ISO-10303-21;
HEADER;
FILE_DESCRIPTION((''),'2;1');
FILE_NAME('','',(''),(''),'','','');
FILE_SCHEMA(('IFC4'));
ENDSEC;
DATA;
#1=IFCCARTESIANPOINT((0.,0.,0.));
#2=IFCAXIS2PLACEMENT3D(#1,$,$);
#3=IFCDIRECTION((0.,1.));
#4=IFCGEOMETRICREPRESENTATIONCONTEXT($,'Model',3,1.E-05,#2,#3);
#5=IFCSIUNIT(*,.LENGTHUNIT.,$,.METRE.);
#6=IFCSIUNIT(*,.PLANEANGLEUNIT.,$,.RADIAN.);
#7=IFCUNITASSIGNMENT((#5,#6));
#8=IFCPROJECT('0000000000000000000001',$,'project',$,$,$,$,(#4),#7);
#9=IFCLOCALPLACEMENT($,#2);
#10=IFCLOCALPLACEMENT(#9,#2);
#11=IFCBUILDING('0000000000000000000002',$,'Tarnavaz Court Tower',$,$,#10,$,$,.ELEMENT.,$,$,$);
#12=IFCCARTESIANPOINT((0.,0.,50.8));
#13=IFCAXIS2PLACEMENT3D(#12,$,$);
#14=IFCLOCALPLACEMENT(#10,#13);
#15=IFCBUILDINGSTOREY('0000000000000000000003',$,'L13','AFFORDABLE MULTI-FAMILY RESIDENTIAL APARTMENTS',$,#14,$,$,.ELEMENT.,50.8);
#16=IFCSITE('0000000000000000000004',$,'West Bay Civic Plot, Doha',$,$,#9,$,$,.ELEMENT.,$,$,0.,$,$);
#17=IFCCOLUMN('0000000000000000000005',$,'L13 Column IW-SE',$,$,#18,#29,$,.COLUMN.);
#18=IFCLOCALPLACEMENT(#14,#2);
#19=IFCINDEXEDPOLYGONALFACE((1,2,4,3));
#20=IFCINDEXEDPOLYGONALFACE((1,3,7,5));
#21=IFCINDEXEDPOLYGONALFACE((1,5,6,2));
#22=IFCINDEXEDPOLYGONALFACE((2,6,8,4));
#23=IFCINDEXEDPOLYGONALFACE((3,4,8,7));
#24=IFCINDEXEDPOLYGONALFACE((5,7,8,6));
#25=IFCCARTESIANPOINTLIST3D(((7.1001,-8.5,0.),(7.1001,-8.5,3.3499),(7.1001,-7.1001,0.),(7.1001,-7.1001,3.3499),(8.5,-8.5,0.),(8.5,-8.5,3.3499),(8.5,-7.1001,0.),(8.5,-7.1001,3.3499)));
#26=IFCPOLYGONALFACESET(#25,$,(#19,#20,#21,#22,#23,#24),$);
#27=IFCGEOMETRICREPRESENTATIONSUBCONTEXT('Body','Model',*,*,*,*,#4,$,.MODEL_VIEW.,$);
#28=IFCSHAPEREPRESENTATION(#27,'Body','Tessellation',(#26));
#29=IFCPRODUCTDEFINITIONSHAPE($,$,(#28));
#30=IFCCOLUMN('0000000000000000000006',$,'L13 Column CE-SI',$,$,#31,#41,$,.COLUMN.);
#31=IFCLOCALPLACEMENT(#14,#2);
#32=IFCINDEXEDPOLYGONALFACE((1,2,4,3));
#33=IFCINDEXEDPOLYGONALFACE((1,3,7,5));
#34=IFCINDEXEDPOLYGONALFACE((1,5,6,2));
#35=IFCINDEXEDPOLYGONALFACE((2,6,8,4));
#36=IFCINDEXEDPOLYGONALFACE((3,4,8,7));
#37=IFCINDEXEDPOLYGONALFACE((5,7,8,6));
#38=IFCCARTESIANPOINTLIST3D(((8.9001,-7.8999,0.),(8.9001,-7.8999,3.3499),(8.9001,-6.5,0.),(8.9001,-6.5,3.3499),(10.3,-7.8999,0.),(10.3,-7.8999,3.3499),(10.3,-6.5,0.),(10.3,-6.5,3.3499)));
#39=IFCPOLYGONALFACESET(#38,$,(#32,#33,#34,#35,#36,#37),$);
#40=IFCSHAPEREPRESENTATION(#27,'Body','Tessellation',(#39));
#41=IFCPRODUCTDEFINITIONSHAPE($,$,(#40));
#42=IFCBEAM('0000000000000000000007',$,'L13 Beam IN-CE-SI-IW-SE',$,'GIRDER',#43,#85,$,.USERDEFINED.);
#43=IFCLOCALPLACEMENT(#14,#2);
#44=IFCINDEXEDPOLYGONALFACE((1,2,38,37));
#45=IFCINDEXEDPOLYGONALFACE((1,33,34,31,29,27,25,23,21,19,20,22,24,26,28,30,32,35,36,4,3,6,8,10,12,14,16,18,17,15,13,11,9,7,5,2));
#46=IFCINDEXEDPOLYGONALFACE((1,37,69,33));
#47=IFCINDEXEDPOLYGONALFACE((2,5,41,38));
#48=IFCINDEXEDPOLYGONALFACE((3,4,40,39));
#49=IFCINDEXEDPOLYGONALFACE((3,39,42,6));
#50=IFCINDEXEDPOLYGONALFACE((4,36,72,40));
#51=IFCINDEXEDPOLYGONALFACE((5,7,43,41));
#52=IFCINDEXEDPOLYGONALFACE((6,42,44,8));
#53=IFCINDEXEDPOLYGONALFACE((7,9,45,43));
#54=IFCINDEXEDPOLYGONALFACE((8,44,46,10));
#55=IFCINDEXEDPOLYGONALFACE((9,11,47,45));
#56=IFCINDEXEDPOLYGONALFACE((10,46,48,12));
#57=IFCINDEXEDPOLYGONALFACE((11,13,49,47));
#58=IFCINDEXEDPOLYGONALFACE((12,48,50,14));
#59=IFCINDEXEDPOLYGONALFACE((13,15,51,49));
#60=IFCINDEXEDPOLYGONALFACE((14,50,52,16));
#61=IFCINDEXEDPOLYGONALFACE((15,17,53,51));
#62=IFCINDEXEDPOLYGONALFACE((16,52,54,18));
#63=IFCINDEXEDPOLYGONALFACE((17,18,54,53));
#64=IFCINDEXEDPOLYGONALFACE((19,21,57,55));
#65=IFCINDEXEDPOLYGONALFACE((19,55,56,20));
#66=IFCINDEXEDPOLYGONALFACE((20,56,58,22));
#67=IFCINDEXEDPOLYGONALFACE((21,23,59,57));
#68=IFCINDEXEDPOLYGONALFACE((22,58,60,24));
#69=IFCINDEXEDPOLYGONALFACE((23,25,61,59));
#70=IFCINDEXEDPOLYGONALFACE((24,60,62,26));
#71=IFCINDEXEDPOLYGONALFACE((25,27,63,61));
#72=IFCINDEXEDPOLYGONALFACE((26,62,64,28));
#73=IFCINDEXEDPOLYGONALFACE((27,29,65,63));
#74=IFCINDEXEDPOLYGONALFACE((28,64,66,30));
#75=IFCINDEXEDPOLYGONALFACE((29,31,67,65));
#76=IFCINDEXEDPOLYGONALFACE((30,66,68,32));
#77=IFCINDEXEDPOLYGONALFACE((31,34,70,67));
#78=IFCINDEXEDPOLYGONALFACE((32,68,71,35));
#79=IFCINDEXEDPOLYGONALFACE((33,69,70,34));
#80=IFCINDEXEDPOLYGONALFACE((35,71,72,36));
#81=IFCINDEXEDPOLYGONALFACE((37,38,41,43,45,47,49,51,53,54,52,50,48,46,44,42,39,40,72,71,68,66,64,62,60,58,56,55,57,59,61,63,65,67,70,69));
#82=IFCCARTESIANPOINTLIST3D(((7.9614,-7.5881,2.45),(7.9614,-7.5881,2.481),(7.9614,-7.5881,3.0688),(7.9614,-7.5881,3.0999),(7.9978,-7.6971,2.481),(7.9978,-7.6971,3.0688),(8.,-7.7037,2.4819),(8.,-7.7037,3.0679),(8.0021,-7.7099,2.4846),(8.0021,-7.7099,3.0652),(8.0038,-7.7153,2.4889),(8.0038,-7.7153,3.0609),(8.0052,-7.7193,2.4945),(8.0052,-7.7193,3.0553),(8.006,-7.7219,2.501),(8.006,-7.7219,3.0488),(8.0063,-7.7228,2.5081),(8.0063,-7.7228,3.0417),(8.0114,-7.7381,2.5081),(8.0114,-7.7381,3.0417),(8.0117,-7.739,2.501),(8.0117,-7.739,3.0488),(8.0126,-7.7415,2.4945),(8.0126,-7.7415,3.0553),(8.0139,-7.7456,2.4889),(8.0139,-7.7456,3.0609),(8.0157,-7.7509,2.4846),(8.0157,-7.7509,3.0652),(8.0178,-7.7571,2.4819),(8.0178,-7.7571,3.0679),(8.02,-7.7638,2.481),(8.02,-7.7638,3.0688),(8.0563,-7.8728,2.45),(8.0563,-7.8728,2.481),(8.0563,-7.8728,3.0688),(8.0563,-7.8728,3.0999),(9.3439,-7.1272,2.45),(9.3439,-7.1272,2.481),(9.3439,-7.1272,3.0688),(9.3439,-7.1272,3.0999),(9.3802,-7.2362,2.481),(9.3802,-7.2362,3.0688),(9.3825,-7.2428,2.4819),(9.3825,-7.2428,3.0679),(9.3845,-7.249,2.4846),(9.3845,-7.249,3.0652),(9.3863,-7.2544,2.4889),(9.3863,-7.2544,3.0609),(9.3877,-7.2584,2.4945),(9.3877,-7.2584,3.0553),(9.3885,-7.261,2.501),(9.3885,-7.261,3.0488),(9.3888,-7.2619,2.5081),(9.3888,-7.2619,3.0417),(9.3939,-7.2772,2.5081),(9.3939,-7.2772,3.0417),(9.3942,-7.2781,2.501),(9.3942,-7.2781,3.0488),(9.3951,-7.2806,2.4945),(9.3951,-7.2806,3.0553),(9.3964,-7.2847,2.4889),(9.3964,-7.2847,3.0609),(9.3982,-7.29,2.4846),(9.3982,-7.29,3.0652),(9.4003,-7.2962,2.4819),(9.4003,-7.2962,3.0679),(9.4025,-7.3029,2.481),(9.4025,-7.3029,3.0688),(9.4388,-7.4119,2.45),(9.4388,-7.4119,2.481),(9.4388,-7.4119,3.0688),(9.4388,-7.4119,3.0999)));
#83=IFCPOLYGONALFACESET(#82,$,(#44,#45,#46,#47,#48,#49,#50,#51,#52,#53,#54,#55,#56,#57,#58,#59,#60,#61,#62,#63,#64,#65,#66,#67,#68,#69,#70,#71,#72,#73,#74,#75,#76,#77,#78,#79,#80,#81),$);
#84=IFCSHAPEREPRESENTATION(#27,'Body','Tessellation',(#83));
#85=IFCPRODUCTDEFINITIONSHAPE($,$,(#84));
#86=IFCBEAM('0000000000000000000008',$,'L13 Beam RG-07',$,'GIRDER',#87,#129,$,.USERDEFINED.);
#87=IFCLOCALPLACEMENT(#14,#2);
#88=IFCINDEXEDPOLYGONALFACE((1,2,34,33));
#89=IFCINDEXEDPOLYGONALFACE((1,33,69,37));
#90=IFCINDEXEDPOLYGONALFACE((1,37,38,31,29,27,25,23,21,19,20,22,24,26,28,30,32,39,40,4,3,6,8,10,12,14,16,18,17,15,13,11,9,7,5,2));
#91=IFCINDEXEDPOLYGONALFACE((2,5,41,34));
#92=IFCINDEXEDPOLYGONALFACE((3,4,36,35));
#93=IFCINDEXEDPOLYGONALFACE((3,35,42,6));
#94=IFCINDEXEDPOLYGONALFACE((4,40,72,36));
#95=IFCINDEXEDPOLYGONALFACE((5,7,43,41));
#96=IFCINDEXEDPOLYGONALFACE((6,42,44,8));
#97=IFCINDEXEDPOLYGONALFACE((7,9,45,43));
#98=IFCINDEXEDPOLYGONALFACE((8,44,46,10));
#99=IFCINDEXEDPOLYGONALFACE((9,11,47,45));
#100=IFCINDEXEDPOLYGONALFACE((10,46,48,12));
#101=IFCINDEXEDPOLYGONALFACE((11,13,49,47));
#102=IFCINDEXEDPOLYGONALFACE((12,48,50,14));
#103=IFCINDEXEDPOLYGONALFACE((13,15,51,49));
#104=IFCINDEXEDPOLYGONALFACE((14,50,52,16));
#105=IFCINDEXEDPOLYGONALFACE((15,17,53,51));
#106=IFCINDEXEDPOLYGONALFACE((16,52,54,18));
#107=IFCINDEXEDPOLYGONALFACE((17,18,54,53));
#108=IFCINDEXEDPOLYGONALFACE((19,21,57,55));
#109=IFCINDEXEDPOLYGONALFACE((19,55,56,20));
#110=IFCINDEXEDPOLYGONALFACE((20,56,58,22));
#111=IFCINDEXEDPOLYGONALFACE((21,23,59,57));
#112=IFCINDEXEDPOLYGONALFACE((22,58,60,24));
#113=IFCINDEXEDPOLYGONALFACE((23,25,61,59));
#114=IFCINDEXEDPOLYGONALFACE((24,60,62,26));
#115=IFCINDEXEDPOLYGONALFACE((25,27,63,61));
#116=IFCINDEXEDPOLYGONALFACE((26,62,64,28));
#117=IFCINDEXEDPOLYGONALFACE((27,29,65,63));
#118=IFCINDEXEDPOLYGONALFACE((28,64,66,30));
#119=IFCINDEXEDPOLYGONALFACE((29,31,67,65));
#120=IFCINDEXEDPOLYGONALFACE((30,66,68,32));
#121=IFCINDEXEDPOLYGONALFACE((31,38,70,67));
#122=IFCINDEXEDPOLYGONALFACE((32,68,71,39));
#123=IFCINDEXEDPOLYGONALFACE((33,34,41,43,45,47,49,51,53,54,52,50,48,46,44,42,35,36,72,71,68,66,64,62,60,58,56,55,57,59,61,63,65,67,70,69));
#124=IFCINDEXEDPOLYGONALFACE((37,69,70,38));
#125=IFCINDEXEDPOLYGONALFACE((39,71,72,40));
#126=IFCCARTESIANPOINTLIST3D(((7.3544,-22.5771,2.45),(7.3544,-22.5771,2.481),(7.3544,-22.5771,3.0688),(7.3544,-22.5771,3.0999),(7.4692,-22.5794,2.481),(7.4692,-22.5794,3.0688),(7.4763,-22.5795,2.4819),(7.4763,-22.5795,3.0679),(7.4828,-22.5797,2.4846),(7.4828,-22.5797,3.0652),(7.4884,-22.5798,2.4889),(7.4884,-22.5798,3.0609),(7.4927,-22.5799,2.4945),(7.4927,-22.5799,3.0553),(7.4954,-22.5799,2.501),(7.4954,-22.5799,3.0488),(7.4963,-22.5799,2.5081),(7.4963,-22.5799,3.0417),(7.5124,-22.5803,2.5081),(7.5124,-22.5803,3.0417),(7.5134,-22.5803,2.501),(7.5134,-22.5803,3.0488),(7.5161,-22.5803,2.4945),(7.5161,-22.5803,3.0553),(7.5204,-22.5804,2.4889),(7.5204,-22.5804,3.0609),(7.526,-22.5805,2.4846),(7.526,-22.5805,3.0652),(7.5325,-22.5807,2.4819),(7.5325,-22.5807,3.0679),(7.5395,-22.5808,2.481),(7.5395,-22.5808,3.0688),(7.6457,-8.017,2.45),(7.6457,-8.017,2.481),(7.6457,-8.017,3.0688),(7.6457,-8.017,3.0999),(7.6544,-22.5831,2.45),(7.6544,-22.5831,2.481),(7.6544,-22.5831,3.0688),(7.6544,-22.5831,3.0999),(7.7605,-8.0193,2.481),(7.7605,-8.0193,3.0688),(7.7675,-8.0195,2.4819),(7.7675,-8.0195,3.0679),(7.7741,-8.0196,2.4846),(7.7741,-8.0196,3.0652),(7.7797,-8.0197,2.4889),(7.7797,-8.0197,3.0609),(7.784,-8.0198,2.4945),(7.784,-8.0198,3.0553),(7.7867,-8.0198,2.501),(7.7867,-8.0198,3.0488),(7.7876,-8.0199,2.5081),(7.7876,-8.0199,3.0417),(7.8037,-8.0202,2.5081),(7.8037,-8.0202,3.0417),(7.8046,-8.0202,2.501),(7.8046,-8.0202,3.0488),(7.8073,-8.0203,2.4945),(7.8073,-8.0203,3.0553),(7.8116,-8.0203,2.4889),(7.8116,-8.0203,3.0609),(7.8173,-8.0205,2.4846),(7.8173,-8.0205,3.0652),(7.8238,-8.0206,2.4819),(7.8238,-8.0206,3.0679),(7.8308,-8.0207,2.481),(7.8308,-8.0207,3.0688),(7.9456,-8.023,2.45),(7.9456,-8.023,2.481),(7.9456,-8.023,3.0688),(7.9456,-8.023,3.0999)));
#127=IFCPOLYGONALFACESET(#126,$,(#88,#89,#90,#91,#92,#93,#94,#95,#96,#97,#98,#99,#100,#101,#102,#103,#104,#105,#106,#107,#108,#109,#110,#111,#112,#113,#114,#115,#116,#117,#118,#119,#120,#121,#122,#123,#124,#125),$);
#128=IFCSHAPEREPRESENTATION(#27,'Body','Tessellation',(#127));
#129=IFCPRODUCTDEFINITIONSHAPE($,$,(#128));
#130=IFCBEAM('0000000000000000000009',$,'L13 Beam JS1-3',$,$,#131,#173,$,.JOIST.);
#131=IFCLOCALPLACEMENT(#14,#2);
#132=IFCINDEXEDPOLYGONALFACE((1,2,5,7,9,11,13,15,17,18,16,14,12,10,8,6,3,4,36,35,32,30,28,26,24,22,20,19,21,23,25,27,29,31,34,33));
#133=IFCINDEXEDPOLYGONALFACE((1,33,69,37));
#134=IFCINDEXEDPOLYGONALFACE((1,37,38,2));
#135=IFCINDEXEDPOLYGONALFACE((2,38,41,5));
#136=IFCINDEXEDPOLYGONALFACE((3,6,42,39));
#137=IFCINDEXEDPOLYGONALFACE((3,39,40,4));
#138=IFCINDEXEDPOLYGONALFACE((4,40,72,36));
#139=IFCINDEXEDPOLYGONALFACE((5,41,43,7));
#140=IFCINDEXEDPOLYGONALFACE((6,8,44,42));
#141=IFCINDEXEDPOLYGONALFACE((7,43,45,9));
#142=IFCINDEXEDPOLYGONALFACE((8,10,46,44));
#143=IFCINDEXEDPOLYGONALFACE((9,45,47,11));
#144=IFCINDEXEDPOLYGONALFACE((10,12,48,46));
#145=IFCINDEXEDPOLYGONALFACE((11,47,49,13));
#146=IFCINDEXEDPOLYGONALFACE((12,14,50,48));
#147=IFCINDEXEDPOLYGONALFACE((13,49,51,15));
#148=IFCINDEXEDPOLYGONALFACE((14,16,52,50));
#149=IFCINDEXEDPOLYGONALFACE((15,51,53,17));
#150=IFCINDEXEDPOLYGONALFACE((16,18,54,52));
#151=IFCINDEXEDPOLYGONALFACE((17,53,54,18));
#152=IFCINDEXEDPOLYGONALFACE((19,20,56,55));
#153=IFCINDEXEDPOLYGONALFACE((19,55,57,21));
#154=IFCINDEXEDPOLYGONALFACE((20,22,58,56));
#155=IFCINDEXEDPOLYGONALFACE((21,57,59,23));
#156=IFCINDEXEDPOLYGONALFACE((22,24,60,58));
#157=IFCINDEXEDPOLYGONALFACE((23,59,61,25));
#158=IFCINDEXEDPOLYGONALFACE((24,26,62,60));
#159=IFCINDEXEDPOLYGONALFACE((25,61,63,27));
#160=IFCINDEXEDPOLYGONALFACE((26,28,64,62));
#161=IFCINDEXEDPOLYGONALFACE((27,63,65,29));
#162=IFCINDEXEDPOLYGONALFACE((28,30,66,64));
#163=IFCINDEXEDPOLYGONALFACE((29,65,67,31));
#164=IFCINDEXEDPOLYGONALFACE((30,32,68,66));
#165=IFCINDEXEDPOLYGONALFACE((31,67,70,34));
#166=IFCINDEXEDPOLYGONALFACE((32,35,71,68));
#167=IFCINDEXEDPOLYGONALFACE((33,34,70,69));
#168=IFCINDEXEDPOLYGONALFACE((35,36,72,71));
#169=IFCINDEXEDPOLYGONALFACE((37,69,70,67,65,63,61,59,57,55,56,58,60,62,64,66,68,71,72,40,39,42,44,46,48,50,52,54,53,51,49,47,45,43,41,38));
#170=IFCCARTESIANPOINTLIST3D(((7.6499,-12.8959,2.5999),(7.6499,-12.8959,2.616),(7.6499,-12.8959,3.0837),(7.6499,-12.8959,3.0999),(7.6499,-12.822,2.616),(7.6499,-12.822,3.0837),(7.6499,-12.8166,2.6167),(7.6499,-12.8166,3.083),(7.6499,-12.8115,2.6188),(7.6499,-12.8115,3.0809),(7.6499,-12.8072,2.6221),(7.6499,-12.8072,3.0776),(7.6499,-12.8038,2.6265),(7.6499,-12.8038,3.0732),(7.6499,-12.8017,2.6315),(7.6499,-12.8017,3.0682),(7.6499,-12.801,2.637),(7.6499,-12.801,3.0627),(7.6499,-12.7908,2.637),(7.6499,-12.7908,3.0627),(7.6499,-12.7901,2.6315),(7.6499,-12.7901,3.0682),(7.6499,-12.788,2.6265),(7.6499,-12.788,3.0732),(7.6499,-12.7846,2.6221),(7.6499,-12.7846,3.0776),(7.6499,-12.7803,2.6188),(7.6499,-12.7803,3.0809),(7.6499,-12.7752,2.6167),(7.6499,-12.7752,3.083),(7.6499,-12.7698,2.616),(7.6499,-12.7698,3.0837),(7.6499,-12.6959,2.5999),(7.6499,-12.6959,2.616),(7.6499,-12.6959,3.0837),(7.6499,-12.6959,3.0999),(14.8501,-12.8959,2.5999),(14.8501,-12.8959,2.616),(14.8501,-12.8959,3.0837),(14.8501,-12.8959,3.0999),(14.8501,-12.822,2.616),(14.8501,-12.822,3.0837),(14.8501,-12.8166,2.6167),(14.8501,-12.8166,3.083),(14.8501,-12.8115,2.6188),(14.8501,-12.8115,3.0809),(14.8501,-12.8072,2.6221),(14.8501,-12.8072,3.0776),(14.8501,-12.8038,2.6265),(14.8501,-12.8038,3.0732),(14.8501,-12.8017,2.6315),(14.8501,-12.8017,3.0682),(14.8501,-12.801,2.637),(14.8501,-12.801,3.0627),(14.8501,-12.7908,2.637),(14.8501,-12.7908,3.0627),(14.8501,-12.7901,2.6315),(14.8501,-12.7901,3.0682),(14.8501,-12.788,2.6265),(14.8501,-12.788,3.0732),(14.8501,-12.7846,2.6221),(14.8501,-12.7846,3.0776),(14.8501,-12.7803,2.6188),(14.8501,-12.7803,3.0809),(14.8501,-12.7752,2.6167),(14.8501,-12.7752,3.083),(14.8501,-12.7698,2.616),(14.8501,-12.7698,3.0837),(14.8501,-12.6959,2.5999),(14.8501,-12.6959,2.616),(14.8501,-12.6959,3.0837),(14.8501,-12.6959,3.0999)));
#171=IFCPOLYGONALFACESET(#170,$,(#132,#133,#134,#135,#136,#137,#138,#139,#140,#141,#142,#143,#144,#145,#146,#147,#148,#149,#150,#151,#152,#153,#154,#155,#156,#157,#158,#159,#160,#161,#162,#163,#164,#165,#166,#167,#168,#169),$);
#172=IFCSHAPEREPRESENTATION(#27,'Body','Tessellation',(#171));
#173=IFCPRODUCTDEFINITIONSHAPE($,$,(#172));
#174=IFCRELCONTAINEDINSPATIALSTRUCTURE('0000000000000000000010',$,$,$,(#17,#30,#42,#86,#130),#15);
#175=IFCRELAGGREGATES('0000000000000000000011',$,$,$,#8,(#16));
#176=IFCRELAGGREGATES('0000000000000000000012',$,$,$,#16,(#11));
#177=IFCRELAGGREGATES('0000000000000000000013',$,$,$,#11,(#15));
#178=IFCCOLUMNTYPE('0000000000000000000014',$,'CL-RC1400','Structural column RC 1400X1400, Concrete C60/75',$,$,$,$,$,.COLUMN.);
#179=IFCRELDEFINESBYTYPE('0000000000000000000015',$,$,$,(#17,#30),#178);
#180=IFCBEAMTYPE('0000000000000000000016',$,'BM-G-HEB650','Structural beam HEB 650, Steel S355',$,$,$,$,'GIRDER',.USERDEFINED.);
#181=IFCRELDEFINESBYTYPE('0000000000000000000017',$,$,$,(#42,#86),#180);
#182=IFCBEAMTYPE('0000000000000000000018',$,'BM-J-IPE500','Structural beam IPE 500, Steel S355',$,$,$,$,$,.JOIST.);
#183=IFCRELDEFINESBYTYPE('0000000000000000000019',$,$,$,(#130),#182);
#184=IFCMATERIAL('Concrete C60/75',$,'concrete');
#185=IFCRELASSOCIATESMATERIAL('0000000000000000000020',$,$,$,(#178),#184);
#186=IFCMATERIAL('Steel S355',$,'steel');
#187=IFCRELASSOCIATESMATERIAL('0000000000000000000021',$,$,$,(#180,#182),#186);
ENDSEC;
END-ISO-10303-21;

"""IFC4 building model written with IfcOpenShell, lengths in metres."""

from ifc_helpers import new_model, si_unit, direction, frame, origin, origin_2d, place, context, subcontext, project, spatial, rectangle, i_section, extrude, material, material_profile, profile_set, type_object, element, save


model = new_model("IFC4")

# Units and contexts
model_context = context("Model", 3, precision=1e-05, world=origin(), true_north=direction((0.0, 1.0)))
body_context = subcontext(model_context, "Body", "Model", "MODEL_VIEW")
ifc_project = project(units=[si_unit("LENGTHUNIT", "METRE"), si_unit("PLANEANGLEUNIT", "RADIAN")], contexts=[model_context])

# Site, building, storey
site_placement = place(None, origin())
site = spatial("IfcSite", under=ifc_project, at=site_placement, Name="West Bay Civic Plot, Doha", CompositionType="ELEMENT", RefElevation=0.0)
building_placement = place(site_placement, origin())
building = spatial("IfcBuilding", under=site, at=building_placement, Name="Tarnavaz Court Tower", CompositionType="ELEMENT")
storey_placement = place(building_placement, frame((0.0, 0.0, 50.8)))
storey = spatial("IfcBuildingStorey", under=building, at=storey_placement, Name="L13", Description="AFFORDABLE MULTI-FAMILY RESIDENTIAL APARTMENTS", CompositionType="ELEMENT", Elevation=50.8)

# Columns
ifc_material_1 = material(Name="Concrete C60/75", Category="concrete")
ifc_material_profile_1 = material_profile(ifc_material_1, rectangle(XDim=1.3999, YDim=1.3999, at=origin_2d()), Name="RC 1400X1400")
ifc_profile_set_1 = profile_set([ifc_material_profile_1], Name="Concrete C60/75")
column_type = type_object("IfcColumnType", Name="CL-RC1400", Description="Structural column RC 1400X1400, Concrete C60/75", PredefinedType="COLUMN", material=ifc_profile_set_1)
for number, where, z_axis, x_axis, name in (
    (1, (7.8, -7.8, 0.0), (0.0, 0.0, 1.0), (1.0, 0.0, 0.0), "L13 Column IW-SE"),
    (2, (9.6001, -7.2, 0.0), (0.0, 0.0, 1.0), (1.0, 0.0, 0.0), "L13 Column CE-SI"),
):
    element("IfcColumn", number, at=place(storey_placement, frame(where, z_axis=z_axis, x_axis=x_axis)), inside=storey, type_object=column_type, Name=name, PredefinedType="COLUMN", context=body_context, shape_type="SweptSolid", body=[
        extrude(rectangle(XDim=1.3999, YDim=1.3999, at=origin_2d()), origin(), (0.0, 0.0, 1.0), 3.3499),
    ])

# Beams
ifc_material_2 = material(Name="Steel S355", Category="steel")
ifc_material_profile_2 = material_profile(ifc_material_2, i_section(OverallWidth=0.3, OverallDepth=0.6499, WebThickness=0.0161, FlangeThickness=0.031, FilletRadius=0.0271, at=origin_2d()), Name="HEB 650")
ifc_profile_set_2 = profile_set([ifc_material_profile_2], Name="Steel S355")
beam_type_1 = type_object("IfcBeamType", Name="BM-G-HEB650", Description="Structural beam HEB 650, Steel S355", ElementType="GIRDER", PredefinedType="USERDEFINED", material=ifc_profile_set_2)
beam_1_placement = place(storey_placement, frame((9.3914, -7.2695, 2.7749), z_axis=(-0.948667, -0.316278, 0.0), x_axis=(0.316278, -0.948667, 0.0)))
element("IfcBeam", 3, at=beam_1_placement, inside=storey, type_object=beam_type_1, Name="L13 Beam IN-CE-SI-IW-SE", ObjectType="GIRDER", PredefinedType="USERDEFINED", context=body_context, shape_type="SweptSolid", body=[
    extrude(i_section(OverallWidth=0.3, OverallDepth=0.6499, WebThickness=0.0161, FlangeThickness=0.031, FilletRadius=0.0271, at=origin_2d()), origin(), (0.0, 0.0, 1.0), 1.4573),
])
beam_2_placement = place(storey_placement, frame((7.7957, -8.02, 2.7749), z_axis=(-0.02, -0.9998, 0.0), x_axis=(0.9998, -0.02, 0.0)))
element("IfcBeam", 4, at=beam_2_placement, inside=storey, type_object=beam_type_1, Name="L13 Beam RG-07", ObjectType="GIRDER", PredefinedType="USERDEFINED", context=body_context, shape_type="SweptSolid", body=[
    extrude(i_section(OverallWidth=0.3, OverallDepth=0.6499, WebThickness=0.0161, FlangeThickness=0.031, FilletRadius=0.0271, at=origin_2d()), origin(), (0.0, 0.0, 1.0), 14.563),
])
ifc_material_profile_3 = material_profile(ifc_material_2, i_section(OverallWidth=0.2, OverallDepth=0.5, WebThickness=0.0103, FlangeThickness=0.0161, FilletRadius=0.021, at=origin_2d()), Name="IPE 500")
ifc_profile_set_3 = profile_set([ifc_material_profile_3], Name="Steel S355")
beam_type_2 = type_object("IfcBeamType", Name="BM-J-IPE500", Description="Structural beam IPE 500, Steel S355", PredefinedType="JOIST", material=ifc_profile_set_3)
for number, where, z_axis, x_axis, name in (
    (5, (7.6499, -12.7959, 2.8499), (1.0, 0.0, 0.0), (0.0, 1.0, 0.0), "L13 Beam JS1-3"),
):
    element("IfcBeam", number, at=place(storey_placement, frame(where, z_axis=z_axis, x_axis=x_axis)), inside=storey, type_object=beam_type_2, Name=name, PredefinedType="JOIST", context=body_context, shape_type="SweptSolid", body=[
        extrude(i_section(OverallWidth=0.2, OverallDepth=0.5, WebThickness=0.0103, FlangeThickness=0.0161, FilletRadius=0.021, at=origin_2d()), origin(), (0.0, 0.0, 1.0), 7.2002),
    ])

save(model, "model.ifc")
